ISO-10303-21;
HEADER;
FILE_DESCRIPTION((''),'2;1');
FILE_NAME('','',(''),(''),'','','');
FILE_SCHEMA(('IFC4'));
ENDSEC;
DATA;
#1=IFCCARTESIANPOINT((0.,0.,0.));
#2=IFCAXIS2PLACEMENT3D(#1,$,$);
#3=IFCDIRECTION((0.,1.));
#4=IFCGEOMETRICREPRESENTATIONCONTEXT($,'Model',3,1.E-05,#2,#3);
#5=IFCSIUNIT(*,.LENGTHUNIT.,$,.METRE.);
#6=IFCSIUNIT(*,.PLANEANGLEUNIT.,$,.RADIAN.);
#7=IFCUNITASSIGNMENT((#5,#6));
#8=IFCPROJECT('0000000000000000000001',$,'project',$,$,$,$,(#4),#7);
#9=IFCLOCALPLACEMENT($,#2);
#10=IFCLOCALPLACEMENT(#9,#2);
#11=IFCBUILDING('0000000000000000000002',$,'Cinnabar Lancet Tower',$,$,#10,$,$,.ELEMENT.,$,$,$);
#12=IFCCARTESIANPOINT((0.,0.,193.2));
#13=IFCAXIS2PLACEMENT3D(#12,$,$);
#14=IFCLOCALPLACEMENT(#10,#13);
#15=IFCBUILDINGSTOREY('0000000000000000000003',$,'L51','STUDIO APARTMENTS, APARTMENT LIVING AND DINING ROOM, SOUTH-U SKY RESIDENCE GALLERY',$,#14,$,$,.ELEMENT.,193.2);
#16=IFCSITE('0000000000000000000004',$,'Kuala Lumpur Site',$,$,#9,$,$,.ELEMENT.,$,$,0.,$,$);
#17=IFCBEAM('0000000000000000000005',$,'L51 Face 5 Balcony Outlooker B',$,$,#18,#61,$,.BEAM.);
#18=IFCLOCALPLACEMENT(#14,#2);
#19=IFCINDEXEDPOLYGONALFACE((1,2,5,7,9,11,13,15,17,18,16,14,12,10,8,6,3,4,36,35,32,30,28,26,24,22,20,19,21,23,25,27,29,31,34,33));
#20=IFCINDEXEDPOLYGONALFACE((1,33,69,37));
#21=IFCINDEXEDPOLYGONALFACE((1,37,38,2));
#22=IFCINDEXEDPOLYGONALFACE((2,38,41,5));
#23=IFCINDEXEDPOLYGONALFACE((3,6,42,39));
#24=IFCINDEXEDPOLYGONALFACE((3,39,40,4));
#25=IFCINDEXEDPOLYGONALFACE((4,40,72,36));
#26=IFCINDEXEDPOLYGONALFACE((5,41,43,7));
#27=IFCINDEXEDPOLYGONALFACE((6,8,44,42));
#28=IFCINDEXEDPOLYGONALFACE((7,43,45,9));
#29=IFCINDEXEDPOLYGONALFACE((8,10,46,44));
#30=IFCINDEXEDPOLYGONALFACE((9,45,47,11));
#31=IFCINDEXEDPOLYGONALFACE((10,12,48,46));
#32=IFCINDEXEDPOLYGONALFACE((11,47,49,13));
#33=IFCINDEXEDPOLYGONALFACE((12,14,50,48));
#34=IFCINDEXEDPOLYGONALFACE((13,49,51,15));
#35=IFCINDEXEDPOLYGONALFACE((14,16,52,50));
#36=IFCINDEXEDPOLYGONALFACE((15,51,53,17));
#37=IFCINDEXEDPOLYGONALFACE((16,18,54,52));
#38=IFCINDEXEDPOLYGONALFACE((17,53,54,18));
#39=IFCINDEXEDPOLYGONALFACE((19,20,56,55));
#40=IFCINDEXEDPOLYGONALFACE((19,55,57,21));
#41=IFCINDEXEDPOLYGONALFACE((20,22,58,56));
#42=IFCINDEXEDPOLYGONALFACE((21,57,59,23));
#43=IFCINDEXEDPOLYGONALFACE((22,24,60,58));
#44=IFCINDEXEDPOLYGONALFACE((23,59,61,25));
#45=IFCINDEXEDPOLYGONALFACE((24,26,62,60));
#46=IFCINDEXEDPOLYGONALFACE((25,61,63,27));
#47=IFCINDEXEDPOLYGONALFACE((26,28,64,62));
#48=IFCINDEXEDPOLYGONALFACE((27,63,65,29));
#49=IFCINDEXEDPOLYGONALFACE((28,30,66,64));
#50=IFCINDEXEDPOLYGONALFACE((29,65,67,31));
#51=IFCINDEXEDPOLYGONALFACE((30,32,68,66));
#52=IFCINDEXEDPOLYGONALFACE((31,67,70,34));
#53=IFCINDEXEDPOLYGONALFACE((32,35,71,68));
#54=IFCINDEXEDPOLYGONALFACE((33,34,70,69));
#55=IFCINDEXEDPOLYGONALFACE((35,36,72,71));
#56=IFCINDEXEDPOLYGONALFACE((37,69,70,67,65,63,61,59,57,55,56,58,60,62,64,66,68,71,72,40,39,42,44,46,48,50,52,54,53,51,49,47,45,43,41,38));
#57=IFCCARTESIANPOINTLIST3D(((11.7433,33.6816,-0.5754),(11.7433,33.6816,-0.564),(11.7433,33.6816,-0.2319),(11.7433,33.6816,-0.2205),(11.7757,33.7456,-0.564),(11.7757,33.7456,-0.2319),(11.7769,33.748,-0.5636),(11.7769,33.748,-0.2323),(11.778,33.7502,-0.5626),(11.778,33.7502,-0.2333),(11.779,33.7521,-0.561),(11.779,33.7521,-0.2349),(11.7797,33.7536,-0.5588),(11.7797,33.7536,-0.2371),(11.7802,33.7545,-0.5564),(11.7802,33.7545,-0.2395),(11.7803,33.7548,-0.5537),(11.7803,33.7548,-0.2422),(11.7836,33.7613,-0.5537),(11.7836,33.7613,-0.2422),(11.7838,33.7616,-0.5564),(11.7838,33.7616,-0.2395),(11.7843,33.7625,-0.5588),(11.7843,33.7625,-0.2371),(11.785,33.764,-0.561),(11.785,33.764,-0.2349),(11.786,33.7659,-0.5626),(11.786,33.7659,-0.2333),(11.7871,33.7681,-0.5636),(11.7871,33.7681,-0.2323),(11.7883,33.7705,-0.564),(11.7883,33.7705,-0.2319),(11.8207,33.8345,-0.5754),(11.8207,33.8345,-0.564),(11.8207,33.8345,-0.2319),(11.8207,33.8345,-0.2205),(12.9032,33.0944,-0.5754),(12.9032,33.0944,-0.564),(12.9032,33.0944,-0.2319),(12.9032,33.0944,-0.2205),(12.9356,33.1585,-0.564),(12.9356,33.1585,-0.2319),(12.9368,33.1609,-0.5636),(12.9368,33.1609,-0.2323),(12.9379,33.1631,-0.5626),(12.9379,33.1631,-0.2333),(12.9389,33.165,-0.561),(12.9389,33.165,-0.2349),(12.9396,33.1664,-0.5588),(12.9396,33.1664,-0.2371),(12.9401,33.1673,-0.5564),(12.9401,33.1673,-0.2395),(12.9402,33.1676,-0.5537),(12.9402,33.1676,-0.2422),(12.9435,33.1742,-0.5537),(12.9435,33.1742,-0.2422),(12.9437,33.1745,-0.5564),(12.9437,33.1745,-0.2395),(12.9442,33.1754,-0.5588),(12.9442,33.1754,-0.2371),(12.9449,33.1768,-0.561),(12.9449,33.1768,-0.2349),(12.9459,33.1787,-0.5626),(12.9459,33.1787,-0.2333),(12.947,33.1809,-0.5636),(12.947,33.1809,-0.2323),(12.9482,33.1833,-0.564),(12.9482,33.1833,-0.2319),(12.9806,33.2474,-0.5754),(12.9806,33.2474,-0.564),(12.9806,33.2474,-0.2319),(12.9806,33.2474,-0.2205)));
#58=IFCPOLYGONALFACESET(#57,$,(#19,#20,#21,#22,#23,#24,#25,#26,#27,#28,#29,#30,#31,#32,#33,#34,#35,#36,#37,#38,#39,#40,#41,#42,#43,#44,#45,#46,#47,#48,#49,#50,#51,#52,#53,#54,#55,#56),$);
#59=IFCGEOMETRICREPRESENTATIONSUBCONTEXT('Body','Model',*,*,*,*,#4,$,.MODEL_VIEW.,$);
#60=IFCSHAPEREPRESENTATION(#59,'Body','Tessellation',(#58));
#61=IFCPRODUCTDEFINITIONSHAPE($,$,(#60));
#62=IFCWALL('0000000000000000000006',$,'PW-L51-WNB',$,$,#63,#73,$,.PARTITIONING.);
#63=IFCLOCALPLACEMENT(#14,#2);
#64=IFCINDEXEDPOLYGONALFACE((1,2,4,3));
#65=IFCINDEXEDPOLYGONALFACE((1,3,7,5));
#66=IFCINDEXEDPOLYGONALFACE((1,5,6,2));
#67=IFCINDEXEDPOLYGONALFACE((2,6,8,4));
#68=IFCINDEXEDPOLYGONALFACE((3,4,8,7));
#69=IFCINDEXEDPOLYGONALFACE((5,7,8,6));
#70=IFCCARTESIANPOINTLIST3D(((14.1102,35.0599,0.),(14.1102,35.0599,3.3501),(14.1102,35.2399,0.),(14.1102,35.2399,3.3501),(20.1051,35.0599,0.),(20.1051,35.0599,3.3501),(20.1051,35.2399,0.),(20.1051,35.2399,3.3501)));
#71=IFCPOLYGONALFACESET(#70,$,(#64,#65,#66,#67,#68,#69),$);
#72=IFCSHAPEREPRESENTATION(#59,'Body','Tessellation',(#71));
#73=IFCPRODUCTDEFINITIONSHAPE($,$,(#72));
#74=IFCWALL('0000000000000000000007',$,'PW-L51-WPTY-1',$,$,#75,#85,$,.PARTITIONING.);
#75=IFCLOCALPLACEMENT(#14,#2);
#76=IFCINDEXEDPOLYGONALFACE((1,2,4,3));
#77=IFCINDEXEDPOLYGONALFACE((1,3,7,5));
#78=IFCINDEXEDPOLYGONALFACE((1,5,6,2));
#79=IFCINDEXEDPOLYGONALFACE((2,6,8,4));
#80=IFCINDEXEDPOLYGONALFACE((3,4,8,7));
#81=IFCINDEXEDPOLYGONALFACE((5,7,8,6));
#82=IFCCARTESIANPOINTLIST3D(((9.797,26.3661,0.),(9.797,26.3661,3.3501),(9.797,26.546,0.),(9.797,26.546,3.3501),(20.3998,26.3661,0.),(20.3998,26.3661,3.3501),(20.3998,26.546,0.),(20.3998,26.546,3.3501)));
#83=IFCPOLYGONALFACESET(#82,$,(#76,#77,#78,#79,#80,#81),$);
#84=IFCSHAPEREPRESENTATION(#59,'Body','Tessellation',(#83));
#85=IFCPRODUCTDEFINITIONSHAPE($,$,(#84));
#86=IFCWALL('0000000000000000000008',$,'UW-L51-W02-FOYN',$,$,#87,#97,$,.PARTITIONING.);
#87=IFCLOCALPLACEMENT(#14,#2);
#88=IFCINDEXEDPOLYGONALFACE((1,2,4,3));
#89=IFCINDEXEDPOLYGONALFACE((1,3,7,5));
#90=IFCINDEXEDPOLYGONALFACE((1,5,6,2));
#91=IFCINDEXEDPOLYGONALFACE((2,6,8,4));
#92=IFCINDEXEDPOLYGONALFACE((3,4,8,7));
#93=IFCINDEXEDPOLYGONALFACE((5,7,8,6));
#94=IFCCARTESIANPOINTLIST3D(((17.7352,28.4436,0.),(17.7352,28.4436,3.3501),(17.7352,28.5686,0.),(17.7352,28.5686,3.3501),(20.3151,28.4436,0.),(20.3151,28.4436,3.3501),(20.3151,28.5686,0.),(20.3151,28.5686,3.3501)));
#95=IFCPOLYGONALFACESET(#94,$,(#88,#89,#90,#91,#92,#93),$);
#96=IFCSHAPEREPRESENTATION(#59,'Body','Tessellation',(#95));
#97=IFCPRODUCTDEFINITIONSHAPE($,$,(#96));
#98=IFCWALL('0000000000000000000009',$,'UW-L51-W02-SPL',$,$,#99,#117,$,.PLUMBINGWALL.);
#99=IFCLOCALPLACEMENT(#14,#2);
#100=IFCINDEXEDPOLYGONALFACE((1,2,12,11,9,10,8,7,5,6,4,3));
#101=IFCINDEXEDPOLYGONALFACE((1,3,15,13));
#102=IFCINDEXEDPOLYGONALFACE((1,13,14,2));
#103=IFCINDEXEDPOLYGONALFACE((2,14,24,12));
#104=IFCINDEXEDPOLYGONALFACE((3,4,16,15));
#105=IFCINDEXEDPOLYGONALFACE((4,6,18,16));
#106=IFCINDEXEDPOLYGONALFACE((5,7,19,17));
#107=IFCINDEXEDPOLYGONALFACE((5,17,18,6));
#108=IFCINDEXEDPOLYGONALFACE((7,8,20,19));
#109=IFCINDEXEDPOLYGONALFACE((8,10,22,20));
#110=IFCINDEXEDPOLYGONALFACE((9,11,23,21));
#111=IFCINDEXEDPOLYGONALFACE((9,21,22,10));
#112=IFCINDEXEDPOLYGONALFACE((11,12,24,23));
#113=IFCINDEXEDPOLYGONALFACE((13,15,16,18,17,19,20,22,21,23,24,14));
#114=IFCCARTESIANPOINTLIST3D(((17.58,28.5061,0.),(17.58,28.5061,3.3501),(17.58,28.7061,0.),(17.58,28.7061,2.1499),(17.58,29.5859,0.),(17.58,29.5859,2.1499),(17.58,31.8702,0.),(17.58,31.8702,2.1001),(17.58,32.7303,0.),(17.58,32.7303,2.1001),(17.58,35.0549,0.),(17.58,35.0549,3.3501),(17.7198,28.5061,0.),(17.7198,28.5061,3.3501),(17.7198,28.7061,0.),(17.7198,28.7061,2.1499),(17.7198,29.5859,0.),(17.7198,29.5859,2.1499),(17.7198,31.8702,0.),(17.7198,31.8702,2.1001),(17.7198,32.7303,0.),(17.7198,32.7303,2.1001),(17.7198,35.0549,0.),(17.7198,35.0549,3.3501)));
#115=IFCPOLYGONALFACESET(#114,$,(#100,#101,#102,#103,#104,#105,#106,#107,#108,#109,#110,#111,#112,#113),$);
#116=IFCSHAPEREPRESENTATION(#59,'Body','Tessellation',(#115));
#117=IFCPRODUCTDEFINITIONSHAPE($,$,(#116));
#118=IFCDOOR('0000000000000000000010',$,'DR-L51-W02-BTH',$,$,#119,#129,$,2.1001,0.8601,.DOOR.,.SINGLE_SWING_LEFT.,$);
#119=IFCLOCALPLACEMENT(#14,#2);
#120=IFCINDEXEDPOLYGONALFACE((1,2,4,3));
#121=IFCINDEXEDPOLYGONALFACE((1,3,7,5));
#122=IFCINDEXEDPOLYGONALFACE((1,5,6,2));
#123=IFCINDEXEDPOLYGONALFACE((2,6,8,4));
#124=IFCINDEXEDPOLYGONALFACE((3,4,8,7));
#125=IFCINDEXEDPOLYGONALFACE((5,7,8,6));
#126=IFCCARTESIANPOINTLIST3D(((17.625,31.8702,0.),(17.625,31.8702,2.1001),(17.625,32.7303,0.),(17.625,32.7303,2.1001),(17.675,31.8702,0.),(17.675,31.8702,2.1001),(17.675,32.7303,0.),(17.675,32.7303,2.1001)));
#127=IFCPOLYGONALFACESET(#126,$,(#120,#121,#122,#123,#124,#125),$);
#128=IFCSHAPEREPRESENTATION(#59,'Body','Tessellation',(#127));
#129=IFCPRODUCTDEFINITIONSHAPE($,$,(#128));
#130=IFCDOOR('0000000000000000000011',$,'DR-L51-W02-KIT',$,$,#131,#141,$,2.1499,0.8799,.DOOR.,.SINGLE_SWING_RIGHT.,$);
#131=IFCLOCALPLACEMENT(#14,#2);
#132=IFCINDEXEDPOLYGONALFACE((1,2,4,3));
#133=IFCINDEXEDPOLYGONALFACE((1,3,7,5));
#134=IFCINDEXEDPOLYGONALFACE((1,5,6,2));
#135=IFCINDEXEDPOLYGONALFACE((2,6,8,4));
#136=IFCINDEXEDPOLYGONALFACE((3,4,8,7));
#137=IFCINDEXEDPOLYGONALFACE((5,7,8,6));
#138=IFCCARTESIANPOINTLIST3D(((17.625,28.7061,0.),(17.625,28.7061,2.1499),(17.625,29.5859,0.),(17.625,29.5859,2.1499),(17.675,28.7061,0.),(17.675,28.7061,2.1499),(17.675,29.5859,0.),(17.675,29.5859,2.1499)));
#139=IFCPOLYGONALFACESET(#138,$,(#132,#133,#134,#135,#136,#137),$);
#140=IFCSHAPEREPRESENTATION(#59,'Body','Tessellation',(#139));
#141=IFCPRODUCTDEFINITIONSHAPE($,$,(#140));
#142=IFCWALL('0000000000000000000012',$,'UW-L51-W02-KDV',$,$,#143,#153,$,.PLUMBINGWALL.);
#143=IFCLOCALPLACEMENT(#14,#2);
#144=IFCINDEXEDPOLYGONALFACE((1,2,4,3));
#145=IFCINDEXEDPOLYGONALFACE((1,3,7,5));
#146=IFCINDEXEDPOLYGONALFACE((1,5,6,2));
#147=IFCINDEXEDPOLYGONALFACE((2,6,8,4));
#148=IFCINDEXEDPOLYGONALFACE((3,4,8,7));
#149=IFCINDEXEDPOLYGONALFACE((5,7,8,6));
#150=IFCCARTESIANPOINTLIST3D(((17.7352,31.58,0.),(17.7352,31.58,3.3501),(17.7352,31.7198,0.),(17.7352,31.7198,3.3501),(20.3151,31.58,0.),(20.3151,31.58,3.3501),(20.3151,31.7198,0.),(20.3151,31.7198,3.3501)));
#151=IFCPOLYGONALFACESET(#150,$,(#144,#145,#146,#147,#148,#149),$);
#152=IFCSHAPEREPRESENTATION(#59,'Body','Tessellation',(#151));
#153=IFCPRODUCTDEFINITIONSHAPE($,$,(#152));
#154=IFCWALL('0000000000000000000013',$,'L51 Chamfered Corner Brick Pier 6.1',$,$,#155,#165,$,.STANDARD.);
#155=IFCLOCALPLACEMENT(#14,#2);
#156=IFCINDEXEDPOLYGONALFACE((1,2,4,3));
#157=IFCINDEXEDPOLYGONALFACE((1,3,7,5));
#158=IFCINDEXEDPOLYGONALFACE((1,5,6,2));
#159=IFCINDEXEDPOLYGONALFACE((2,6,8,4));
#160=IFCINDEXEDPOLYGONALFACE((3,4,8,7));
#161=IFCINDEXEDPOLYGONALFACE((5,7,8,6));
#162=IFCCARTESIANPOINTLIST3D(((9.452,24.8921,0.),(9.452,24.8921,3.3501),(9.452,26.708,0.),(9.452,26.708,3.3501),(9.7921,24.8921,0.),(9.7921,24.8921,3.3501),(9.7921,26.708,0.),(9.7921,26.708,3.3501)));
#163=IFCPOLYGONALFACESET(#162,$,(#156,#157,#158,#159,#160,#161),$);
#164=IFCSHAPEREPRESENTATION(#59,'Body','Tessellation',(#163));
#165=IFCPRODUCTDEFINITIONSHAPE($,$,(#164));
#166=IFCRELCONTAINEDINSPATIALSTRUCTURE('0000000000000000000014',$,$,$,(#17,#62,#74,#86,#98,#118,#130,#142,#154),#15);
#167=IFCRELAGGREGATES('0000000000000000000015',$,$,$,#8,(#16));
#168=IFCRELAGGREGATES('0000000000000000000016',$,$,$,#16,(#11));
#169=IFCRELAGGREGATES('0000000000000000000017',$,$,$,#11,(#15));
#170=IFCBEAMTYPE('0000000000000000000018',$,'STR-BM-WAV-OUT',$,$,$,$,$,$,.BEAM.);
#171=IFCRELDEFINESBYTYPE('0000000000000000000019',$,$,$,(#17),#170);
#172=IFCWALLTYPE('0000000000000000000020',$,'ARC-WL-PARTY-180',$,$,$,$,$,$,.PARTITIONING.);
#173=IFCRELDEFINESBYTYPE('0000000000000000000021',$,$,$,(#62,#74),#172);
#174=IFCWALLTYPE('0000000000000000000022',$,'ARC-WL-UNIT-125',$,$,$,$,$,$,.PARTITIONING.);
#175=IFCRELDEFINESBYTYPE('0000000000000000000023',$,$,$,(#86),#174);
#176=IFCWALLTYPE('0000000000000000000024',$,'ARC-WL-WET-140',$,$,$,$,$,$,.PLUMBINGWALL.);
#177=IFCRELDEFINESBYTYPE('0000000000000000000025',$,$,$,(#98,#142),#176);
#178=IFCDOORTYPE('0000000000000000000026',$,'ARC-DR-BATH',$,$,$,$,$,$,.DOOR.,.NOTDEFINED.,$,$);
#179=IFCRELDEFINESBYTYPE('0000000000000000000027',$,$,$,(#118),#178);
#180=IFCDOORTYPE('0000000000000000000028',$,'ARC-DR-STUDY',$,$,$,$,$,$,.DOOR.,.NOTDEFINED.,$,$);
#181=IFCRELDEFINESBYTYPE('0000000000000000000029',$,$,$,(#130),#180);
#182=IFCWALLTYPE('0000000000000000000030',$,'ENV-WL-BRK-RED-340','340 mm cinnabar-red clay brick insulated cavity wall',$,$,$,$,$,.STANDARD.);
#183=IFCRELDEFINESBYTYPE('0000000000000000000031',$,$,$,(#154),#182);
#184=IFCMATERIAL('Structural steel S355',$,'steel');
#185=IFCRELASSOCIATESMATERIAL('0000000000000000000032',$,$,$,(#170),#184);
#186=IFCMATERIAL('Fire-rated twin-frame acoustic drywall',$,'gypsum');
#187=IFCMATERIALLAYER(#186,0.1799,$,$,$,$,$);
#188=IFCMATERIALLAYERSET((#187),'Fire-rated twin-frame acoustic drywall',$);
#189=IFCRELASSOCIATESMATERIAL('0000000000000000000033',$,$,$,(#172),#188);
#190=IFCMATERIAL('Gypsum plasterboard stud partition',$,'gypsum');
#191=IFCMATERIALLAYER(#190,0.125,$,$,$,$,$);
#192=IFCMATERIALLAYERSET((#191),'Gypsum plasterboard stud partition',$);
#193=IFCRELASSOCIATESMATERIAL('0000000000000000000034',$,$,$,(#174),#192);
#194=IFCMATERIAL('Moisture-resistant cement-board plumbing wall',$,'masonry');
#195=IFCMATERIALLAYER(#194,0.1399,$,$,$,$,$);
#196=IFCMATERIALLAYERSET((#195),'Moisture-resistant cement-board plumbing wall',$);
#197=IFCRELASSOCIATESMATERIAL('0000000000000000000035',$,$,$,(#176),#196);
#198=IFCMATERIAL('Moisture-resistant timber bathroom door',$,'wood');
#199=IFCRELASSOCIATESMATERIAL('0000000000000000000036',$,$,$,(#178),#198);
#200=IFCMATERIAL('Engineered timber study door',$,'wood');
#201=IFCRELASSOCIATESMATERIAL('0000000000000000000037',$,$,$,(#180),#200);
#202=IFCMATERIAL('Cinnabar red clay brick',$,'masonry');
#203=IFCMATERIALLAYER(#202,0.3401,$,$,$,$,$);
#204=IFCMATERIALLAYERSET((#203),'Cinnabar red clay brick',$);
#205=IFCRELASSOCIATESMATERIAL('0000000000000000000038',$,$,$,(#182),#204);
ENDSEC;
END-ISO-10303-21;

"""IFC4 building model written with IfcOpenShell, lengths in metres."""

from ifc_helpers import new_model, si_unit, direction, frame, frame_2d, origin, origin_2d, place, context, subcontext, project, spatial, rectangle, i_section, extrude, material, layer, layer_set, material_profile, profile_set, type_object, element, fill, save


model = new_model("IFC4")

# Units and contexts
model_context = context("Model", 3, precision=1e-05, world=origin(), true_north=direction((0.0, 1.0)))
body_context = subcontext(model_context, "Body", "Model", "MODEL_VIEW")
ifc_project = project(units=[si_unit("LENGTHUNIT", "METRE"), si_unit("PLANEANGLEUNIT", "RADIAN")], contexts=[model_context])

# Site, building, storey
site_placement = place(None, origin())
site = spatial("IfcSite", under=ifc_project, at=site_placement, Name="Kuala Lumpur Site", CompositionType="ELEMENT", RefElevation=0.0)
building_placement = place(site_placement, origin())
building = spatial("IfcBuilding", under=site, at=building_placement, Name="Cinnabar Lancet Tower", CompositionType="ELEMENT")
storey_placement = place(building_placement, frame((0.0, 0.0, 193.2)))
storey = spatial("IfcBuildingStorey", under=building, at=storey_placement, Name="L51", Description="STUDIO APARTMENTS, APARTMENT LIVING AND DINING ROOM, SOUTH-U SKY RESIDENCE GALLERY", CompositionType="ELEMENT", Elevation=193.2)

# Beam
ifc_material_1 = material(Name="Structural steel S355", Category="steel")
ifc_material_profile_1 = material_profile(ifc_material_1, i_section(OverallWidth=0.1714, OverallDepth=0.355, WebThickness=0.0073, FlangeThickness=0.0115, FilletRadius=0.0103, at=origin_2d()), Name="UKB 356x171x51")
ifc_profile_set_1 = profile_set([ifc_material_profile_1], Name="Structural steel S355")
beam_type_1 = type_object("IfcBeamType", Name="STR-BM-WAV-OUT", PredefinedType="BEAM", material=ifc_profile_set_1)
beam_1_placement = place(storey_placement, frame((12.9419, 33.1709, -0.3979), z_axis=(-0.8922, 0.45164, 0.0), x_axis=(-0.45164, -0.8922, 0.0)))
element("IfcBeam", 1, at=beam_1_placement, inside=storey, type_object=beam_type_1, Name="L51 Face 5 Balcony Outlooker B", PredefinedType="BEAM", context=body_context, shape_type="SweptSolid", body=[
    extrude(i_section(OverallWidth=0.1714, OverallDepth=0.355, WebThickness=0.0073, FlangeThickness=0.0115, FilletRadius=0.0103, at=origin_2d()), origin(), (0.0, 0.0, 1.0), 1.3),
])

# Walls
ifc_material_2 = material(Name="Fire-rated twin-frame acoustic drywall", Category="gypsum")
ifc_layer_1 = layer(ifc_material_2, 0.1799)
ifc_layer_set_1 = layer_set([ifc_layer_1], Name="Fire-rated twin-frame acoustic drywall")
wall_type_1 = type_object("IfcWallType", Name="ARC-WL-PARTY-180", PredefinedType="PARTITIONING", material=ifc_layer_set_1)
wall_1_placement = place(storey_placement, frame((14.1101, 35.1499, 0.0), z_axis=(0.0, 0.0, 1.0), x_axis=(1.0, 0.0, 0.0)))
element("IfcWall", 2, at=wall_1_placement, inside=storey, type_object=wall_type_1, Name="PW-L51-WNB", PredefinedType="PARTITIONING", context=body_context, shape_type="SweptSolid", body=[
    extrude(rectangle(XDim=5.9949, YDim=0.1799, at=frame_2d((2.9976, 0.0))), origin(), (0.0, 0.0, 1.0), 3.3501),
])
wall_2_placement = place(storey_placement, frame((9.7971, 26.4561, 0.0), z_axis=(0.0, 0.0, 1.0), x_axis=(1.0, 0.0, 0.0)))
element("IfcWall", 3, at=wall_2_placement, inside=storey, type_object=wall_type_1, Name="PW-L51-WPTY-1", PredefinedType="PARTITIONING", context=body_context, shape_type="SweptSolid", body=[
    extrude(rectangle(XDim=10.6028, YDim=0.1799, at=frame_2d((5.3013, 0.0))), origin(), (0.0, 0.0, 1.0), 3.3501),
])
ifc_material_3 = material(Name="Gypsum plasterboard stud partition", Category="gypsum")
ifc_layer_2 = layer(ifc_material_3, 0.125)
ifc_layer_set_2 = layer_set([ifc_layer_2], Name="Gypsum plasterboard stud partition")
wall_type_2 = type_object("IfcWallType", Name="ARC-WL-UNIT-125", PredefinedType="PARTITIONING", material=ifc_layer_set_2)
wall_3_placement = place(storey_placement, frame((17.7351, 28.5061, 0.0), z_axis=(0.0, 0.0, 1.0), x_axis=(1.0, 0.0, 0.0)))
element("IfcWall", 4, at=wall_3_placement, inside=storey, type_object=wall_type_2, Name="UW-L51-W02-FOYN", PredefinedType="PARTITIONING", context=body_context, shape_type="SweptSolid", body=[
    extrude(rectangle(XDim=2.5798, YDim=0.125, at=frame_2d((1.29, 0.0))), origin(), (0.0, 0.0, 1.0), 3.3501),
])

# Wall, openings, doors
ifc_material_4 = material(Name="Moisture-resistant cement-board plumbing wall", Category="masonry")
ifc_layer_3 = layer(ifc_material_4, 0.1399)
ifc_layer_set_3 = layer_set([ifc_layer_3], Name="Moisture-resistant cement-board plumbing wall")
wall_type_3 = type_object("IfcWallType", Name="ARC-WL-WET-140", PredefinedType="PLUMBINGWALL", material=ifc_layer_set_3)
wall_4_placement = place(storey_placement, frame((17.6499, 28.5061, 0.0), z_axis=(0.0, 0.0, 1.0), x_axis=(0.0, 1.0, 0.0)))
wall_4 = element("IfcWall", 5, at=wall_4_placement, inside=storey, type_object=wall_type_3, Name="UW-L51-W02-SPL", PredefinedType="PLUMBINGWALL", context=body_context, shape_type="SweptSolid", body=[
    extrude(rectangle(XDim=6.5488, YDim=0.1399, at=frame_2d((3.2744, 0.0))), origin(), (0.0, 0.0, 1.0), 3.3501),
])
opening_1_placement = place(wall_4_placement, frame((3.364, 0.0, 0.0)))
opening_1 = element("IfcOpeningElement", 6, at=opening_1_placement, cuts=wall_4, PredefinedType="OPENING", context=body_context, shape_type="SweptSolid", body=[
    extrude(rectangle(XDim=0.8601, YDim=2.1001, at=frame_2d((0.4302, 1.05))), frame((0.0, 0.0798, 0.0), z_axis=(0.0, -1.0, 0.0), x_axis=(1.0, 0.0, 0.0)), (0.0, 0.0, 1.0), 0.1599),
])
opening_2_placement = place(wall_4_placement, frame((0.2, 0.0, 0.0)))
opening_2 = element("IfcOpeningElement", 7, at=opening_2_placement, cuts=wall_4, PredefinedType="OPENING", context=body_context, shape_type="SweptSolid", body=[
    extrude(rectangle(XDim=0.8799, YDim=2.1499, at=frame_2d((0.4399, 1.075))), frame((0.0, 0.0798, 0.0), z_axis=(0.0, -1.0, 0.0), x_axis=(1.0, 0.0, 0.0)), (0.0, 0.0, 1.0), 0.1599),
])
ifc_material_5 = material(Name="Moisture-resistant timber bathroom door", Category="wood")
door_type_1 = type_object("IfcDoorType", Name="ARC-DR-BATH", OperationType="NOTDEFINED", PredefinedType="DOOR", material=ifc_material_5)
door_1_placement = place(opening_1_placement, origin())
door_1 = element("IfcDoor", 8, at=door_1_placement, inside=storey, type_object=door_type_1, Name="DR-L51-W02-BTH", OperationType="SINGLE_SWING_LEFT", OverallHeight=2.1001, OverallWidth=0.8601, PredefinedType="DOOR", context=body_context, shape_type="SweptSolid", body=[
    extrude(rectangle(XDim=0.8601, YDim=2.1001, at=frame_2d((0.4302, 1.05))), frame((0.0, 0.0249, 0.0), z_axis=(0.0, -1.0, 0.0), x_axis=(1.0, 0.0, 0.0)), (0.0, 0.0, 1.0), 0.05),
])
fill(opening_1, door_1)
ifc_material_6 = material(Name="Engineered timber study door", Category="wood")
door_type_2 = type_object("IfcDoorType", Name="ARC-DR-STUDY", OperationType="NOTDEFINED", PredefinedType="DOOR", material=ifc_material_6)
door_2_placement = place(opening_2_placement, origin())
door_2 = element("IfcDoor", 9, at=door_2_placement, inside=storey, type_object=door_type_2, Name="DR-L51-W02-KIT", OperationType="SINGLE_SWING_RIGHT", OverallHeight=2.1499, OverallWidth=0.8799, PredefinedType="DOOR", context=body_context, shape_type="SweptSolid", body=[
    extrude(rectangle(XDim=0.8799, YDim=2.1499, at=frame_2d((0.4399, 1.075))), frame((0.0, 0.0249, 0.0), z_axis=(0.0, -1.0, 0.0), x_axis=(1.0, 0.0, 0.0)), (0.0, 0.0, 1.0), 0.05),
])
fill(opening_2, door_2)

# Walls
wall_5_placement = place(storey_placement, frame((17.7351, 31.6499, 0.0), z_axis=(0.0, 0.0, 1.0), x_axis=(1.0, 0.0, 0.0)))
element("IfcWall", 10, at=wall_5_placement, inside=storey, type_object=wall_type_3, Name="UW-L51-W02-KDV", PredefinedType="PLUMBINGWALL", context=body_context, shape_type="SweptSolid", body=[
    extrude(rectangle(XDim=2.5798, YDim=0.1399, at=frame_2d((1.29, 0.0))), origin(), (0.0, 0.0, 1.0), 3.3501),
])
ifc_material_7 = material(Name="Cinnabar red clay brick", Category="masonry")
ifc_layer_4 = layer(ifc_material_7, 0.3401)
ifc_layer_set_4 = layer_set([ifc_layer_4], Name="Cinnabar red clay brick")
wall_type_4 = type_object("IfcWallType", Name="ENV-WL-BRK-RED-340", Description="340 mm cinnabar-red clay brick insulated cavity wall", PredefinedType="STANDARD", material=ifc_layer_set_4)
wall_6_placement = place(storey_placement, frame((9.6221, 26.708, 0.0), z_axis=(0.0, 0.0, 1.0), x_axis=(0.0, -1.0, 0.0)))
element("IfcWall", 11, at=wall_6_placement, inside=storey, type_object=wall_type_4, Name="L51 Chamfered Corner Brick Pier 6.1", PredefinedType="STANDARD", context=body_context, shape_type="SweptSolid", body=[
    extrude(rectangle(XDim=1.8159, YDim=0.3401, at=frame_2d((0.908, 0.0))), origin(), (0.0, 0.0, 1.0), 3.3501),
])

save(model, "model.ifc")
